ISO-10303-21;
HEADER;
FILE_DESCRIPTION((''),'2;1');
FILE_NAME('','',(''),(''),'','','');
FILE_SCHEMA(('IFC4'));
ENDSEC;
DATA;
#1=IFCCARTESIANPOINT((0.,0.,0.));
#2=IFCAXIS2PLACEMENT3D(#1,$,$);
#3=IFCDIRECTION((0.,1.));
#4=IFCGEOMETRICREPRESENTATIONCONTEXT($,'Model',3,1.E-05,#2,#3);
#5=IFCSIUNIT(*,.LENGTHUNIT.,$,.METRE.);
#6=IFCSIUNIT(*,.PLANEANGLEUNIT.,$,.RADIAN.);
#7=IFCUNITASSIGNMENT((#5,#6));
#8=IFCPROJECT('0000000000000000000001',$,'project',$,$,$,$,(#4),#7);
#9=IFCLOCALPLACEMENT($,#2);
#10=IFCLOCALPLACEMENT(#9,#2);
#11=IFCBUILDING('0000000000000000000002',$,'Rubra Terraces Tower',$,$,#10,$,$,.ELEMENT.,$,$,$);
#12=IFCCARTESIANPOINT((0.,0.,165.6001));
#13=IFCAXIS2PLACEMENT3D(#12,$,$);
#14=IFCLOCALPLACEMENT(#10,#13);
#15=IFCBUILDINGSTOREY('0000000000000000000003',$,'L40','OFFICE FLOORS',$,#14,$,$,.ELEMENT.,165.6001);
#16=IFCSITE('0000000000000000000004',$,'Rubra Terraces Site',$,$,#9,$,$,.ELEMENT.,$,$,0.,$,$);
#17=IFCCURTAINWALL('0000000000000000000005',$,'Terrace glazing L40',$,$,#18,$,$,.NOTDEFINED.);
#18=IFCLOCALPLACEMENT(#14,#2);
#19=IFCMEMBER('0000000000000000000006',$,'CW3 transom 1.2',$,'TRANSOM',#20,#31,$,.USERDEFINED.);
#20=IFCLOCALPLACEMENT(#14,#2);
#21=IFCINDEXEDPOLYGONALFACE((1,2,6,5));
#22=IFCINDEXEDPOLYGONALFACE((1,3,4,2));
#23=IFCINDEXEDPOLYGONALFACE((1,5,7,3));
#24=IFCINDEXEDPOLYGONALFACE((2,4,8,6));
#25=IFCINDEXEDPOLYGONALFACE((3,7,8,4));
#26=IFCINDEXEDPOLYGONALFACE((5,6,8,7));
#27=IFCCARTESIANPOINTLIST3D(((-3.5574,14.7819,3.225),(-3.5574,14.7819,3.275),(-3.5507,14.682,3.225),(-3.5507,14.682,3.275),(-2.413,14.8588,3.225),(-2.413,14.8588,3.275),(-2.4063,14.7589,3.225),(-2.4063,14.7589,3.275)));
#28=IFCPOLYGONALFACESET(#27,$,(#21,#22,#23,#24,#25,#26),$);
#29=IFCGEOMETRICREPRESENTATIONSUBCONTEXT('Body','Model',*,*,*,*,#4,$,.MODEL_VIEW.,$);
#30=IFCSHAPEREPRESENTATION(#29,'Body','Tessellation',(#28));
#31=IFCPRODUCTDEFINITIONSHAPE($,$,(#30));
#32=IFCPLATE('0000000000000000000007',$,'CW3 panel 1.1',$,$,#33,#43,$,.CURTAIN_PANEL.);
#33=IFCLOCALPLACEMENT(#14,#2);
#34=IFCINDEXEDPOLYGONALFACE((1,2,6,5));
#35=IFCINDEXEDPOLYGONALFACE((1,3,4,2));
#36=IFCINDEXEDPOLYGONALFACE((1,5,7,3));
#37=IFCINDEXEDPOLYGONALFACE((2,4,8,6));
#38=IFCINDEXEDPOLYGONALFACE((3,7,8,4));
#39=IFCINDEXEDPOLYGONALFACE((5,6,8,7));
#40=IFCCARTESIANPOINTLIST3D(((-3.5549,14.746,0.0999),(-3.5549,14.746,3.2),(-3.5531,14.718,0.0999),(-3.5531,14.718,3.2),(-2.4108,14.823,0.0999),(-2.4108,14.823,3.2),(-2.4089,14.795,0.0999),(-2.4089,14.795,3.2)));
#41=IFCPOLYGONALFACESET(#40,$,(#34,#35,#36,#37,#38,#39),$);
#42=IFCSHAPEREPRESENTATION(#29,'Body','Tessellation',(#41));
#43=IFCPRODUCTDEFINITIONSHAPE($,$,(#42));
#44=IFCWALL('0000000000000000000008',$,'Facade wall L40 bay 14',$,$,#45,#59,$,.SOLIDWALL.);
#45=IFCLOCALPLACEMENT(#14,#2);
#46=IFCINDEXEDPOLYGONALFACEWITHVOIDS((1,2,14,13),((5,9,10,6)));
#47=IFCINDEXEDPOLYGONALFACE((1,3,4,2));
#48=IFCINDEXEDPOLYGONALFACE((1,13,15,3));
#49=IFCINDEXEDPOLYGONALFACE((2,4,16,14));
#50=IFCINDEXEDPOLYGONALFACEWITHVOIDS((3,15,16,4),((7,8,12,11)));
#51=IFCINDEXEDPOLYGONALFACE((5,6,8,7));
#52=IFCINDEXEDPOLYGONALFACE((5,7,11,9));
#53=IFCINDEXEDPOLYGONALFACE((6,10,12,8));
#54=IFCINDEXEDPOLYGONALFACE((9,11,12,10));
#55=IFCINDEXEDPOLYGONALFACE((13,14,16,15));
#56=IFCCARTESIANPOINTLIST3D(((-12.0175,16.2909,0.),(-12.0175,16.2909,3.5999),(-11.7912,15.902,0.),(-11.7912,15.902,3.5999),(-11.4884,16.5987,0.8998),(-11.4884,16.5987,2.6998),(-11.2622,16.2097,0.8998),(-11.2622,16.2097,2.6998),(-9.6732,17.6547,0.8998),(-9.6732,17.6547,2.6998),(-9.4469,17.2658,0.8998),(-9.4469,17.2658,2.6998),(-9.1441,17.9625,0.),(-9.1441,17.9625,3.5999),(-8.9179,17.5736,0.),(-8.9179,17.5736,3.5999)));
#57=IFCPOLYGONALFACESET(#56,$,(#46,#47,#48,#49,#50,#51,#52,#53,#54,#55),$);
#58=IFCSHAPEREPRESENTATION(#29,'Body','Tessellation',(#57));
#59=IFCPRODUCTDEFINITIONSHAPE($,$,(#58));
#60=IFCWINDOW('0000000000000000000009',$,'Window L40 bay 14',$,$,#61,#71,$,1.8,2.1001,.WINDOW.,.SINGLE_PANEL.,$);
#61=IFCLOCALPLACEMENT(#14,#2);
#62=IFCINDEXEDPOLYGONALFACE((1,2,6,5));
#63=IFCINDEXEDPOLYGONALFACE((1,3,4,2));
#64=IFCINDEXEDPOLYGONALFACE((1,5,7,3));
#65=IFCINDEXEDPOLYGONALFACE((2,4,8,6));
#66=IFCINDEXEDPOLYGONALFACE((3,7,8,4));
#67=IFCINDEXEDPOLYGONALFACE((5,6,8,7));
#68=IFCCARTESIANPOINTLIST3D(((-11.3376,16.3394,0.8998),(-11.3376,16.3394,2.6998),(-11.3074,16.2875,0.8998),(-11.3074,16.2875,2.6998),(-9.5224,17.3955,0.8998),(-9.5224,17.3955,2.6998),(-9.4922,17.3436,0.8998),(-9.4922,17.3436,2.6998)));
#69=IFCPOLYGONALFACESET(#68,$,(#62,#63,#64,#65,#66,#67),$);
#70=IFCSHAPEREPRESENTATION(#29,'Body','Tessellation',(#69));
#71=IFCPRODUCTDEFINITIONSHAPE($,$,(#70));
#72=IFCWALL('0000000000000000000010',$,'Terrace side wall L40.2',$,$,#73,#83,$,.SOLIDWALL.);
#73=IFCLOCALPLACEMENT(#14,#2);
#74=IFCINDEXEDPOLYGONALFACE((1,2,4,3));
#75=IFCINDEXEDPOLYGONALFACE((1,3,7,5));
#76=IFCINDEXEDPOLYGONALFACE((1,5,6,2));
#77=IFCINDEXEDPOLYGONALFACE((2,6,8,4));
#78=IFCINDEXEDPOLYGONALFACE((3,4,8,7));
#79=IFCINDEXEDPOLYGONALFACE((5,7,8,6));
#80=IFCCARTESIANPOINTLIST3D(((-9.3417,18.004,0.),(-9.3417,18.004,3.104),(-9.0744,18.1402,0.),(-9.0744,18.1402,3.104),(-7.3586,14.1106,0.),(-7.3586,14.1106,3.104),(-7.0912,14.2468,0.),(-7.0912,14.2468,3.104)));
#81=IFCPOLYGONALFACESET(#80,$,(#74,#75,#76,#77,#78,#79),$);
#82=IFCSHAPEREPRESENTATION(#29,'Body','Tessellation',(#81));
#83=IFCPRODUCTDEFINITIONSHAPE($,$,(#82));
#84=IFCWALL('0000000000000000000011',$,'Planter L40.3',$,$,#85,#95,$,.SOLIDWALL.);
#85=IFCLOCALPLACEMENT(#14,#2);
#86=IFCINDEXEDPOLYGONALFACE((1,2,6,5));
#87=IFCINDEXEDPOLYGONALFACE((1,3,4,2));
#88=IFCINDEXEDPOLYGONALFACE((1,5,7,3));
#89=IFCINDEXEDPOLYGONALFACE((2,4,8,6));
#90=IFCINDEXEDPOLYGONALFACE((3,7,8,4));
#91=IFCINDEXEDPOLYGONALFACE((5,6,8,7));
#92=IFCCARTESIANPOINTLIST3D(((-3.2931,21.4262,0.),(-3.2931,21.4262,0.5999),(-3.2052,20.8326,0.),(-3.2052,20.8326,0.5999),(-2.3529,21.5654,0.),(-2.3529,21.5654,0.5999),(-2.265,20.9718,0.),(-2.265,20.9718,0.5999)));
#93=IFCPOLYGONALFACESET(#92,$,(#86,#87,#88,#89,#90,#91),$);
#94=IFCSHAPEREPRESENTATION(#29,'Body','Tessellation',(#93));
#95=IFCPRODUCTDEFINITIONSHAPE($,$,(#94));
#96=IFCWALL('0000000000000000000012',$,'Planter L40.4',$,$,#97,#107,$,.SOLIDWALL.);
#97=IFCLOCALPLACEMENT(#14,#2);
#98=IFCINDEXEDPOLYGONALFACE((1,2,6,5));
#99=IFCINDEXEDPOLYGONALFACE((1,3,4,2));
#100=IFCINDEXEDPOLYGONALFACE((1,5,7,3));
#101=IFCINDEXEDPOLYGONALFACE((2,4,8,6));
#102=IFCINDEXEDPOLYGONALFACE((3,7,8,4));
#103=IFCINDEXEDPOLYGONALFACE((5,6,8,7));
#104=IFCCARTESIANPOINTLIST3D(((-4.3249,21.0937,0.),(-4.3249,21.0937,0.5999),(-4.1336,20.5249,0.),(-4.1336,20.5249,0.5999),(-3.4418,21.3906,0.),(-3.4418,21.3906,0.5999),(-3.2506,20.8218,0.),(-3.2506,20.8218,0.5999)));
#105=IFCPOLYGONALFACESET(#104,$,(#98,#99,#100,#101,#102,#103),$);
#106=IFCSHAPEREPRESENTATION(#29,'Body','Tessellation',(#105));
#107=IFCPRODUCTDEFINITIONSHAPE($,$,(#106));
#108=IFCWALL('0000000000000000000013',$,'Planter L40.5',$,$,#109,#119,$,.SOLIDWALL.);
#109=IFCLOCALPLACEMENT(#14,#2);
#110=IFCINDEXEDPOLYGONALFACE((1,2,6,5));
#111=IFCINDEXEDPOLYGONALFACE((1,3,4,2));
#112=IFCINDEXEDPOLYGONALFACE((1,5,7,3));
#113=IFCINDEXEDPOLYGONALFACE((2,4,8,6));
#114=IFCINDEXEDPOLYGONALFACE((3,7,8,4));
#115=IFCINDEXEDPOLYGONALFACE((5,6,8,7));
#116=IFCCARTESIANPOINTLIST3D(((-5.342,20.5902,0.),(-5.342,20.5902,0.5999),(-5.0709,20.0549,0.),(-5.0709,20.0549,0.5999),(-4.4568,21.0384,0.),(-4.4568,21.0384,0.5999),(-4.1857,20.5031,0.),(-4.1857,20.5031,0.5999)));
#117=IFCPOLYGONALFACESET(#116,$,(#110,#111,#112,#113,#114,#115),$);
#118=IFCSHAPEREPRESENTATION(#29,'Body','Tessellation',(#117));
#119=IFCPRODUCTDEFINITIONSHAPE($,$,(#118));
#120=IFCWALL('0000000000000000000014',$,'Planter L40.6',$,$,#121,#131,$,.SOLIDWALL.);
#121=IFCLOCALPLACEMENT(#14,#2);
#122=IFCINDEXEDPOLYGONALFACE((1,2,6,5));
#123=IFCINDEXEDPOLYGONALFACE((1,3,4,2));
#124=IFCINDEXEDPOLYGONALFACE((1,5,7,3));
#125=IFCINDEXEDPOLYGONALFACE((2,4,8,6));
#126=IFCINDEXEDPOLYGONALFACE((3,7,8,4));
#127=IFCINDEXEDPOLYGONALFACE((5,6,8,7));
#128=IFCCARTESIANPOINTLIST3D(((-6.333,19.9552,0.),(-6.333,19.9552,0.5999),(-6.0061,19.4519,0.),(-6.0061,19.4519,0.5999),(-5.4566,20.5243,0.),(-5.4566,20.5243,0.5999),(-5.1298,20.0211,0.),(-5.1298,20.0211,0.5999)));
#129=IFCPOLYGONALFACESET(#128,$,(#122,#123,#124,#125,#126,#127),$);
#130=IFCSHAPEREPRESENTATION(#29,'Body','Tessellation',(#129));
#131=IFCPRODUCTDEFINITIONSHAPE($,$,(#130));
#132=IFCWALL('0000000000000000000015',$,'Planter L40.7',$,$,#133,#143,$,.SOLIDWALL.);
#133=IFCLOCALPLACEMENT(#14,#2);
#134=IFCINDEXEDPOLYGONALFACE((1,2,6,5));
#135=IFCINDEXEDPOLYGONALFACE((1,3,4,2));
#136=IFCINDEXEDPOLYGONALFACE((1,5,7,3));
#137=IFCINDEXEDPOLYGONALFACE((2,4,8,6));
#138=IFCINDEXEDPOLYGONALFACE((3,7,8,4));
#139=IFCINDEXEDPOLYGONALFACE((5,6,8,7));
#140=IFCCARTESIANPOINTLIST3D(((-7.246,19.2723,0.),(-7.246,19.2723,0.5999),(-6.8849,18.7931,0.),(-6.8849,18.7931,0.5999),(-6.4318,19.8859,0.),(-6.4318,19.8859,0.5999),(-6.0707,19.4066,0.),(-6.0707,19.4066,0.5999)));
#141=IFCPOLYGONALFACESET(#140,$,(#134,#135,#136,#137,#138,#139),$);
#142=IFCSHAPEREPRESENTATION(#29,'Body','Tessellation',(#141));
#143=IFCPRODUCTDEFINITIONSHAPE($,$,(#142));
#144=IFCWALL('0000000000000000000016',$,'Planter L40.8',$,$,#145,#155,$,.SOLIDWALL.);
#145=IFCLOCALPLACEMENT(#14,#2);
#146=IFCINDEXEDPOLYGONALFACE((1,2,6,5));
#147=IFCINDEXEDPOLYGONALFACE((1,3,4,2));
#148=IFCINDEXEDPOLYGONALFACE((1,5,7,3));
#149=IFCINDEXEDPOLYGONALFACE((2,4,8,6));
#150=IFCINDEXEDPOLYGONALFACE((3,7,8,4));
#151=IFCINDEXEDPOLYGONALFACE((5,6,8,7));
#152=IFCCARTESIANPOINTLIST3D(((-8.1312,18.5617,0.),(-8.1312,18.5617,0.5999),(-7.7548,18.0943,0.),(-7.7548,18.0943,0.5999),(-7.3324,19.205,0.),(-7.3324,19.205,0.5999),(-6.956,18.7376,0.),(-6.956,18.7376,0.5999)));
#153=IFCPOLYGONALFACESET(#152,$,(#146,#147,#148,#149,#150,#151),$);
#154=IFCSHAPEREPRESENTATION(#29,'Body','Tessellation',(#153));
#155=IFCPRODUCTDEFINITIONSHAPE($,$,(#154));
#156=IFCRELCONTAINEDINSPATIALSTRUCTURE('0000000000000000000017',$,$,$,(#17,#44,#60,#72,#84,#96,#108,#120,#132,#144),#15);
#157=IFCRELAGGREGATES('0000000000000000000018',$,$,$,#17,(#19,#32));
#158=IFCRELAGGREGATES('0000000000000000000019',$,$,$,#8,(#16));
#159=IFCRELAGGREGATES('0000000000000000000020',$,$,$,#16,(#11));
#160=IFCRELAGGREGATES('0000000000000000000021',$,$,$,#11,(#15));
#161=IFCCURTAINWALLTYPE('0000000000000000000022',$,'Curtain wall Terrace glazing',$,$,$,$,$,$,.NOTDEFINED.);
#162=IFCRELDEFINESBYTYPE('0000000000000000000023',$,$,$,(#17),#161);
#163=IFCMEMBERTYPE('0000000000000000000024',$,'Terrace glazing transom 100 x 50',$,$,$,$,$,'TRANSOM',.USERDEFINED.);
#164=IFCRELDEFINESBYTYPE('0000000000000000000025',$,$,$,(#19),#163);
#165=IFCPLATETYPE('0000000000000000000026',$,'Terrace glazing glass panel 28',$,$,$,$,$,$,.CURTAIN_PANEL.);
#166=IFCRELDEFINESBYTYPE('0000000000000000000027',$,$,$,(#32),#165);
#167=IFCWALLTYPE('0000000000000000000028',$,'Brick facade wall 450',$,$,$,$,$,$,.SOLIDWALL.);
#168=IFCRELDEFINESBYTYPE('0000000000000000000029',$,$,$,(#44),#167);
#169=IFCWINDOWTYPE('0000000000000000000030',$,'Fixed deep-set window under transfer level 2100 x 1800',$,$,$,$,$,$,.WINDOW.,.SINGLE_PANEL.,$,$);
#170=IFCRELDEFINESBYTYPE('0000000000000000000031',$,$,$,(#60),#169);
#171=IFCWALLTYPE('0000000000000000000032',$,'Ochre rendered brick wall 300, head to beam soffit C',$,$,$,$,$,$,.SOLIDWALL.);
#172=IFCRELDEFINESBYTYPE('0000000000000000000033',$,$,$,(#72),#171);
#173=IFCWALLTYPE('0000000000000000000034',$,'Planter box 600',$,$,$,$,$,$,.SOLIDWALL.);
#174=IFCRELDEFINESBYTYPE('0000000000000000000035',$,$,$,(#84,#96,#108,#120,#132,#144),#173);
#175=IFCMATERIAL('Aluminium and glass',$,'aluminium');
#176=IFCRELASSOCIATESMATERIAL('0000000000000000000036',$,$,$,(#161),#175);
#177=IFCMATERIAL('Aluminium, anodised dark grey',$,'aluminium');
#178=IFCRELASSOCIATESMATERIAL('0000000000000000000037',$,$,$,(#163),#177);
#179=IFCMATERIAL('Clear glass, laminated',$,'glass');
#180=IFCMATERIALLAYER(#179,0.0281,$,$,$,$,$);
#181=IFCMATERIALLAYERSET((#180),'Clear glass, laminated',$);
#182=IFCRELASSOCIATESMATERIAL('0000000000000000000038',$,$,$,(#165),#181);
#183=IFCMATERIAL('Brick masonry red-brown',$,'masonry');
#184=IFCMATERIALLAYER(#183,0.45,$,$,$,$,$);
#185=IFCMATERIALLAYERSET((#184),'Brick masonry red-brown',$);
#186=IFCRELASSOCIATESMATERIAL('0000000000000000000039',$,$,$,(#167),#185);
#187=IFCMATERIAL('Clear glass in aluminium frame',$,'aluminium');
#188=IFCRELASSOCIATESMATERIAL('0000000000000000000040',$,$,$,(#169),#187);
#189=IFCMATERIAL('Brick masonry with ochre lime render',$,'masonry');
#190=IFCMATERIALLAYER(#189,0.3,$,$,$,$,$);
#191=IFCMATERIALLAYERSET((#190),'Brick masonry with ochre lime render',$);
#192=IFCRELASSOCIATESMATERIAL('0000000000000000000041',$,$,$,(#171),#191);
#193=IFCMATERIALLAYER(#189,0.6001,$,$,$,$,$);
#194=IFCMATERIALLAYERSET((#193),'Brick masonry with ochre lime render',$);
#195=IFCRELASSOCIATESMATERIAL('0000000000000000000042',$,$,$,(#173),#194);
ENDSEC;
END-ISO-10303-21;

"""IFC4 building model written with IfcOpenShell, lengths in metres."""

from ifc_helpers import new_model, si_unit, direction, frame, frame_2d, origin, origin_2d, place, context, subcontext, project, spatial, rectangle, extrude, material, layer, layer_set, material_profile, profile_set, type_object, element, fill, aggregate, save


model = new_model("IFC4")

# Units and contexts
model_context = context("Model", 3, precision=1e-05, world=origin(), true_north=direction((0.0, 1.0)))
body_context = subcontext(model_context, "Body", "Model", "MODEL_VIEW")
ifc_project = project(units=[si_unit("LENGTHUNIT", "METRE"), si_unit("PLANEANGLEUNIT", "RADIAN")], contexts=[model_context])

# Site, building, storey
site_placement = place(None, origin())
site = spatial("IfcSite", under=ifc_project, at=site_placement, Name="Rubra Terraces Site", CompositionType="ELEMENT", RefElevation=0.0)
building_placement = place(site_placement, origin())
building = spatial("IfcBuilding", under=site, at=building_placement, Name="Rubra Terraces Tower", CompositionType="ELEMENT")
storey_placement = place(building_placement, frame((0.0, 0.0, 165.6001)))
storey = spatial("IfcBuildingStorey", under=building, at=storey_placement, Name="L40", Description="OFFICE FLOORS", CompositionType="ELEMENT", Elevation=165.6001)

# Curtain wall, member, plate
ifc_material_1 = material(Name="Aluminium and glass", Category="aluminium")
curtain_wall_type = type_object("IfcCurtainWallType", Name="Curtain wall Terrace glazing", PredefinedType="NOTDEFINED", material=ifc_material_1)
curtain_wall_placement = place(storey_placement, origin())
curtain_wall = element("IfcCurtainWall", 1, at=curtain_wall_placement, inside=storey, type_object=curtain_wall_type, Name="Terrace glazing L40", PredefinedType="NOTDEFINED")
ifc_material_2 = material(Name="Aluminium, anodised dark grey", Category="aluminium")
ifc_material_profile_1 = material_profile(ifc_material_2, rectangle(XDim=0.1001, YDim=0.05, at=origin_2d()), Name="AL 100x50")
ifc_profile_set_1 = profile_set([ifc_material_profile_1], Name="Aluminium, anodised dark grey")
member_type_1 = type_object("IfcMemberType", Name="Terrace glazing transom 100 x 50", ElementType="TRANSOM", PredefinedType="USERDEFINED", material=ifc_profile_set_1)
member_1_placement = place(storey_placement, frame((-2.4097, 14.8088, 3.25), z_axis=(-0.997749, -0.067056, 0.0), x_axis=(0.067056, -0.997749, 0.0)))
member_1 = element("IfcMember", 2, at=member_1_placement, type_object=member_type_1, Name="CW3 transom 1.2", ObjectType="TRANSOM", PredefinedType="USERDEFINED", context=body_context, shape_type="SweptSolid", body=[
    extrude(rectangle(XDim=0.1001, YDim=0.05, at=origin_2d()), origin(), (0.0, 0.0, 1.0), 1.147),
])
ifc_material_3 = material(Name="Clear glass, laminated", Category="glass")
ifc_layer_1 = layer(ifc_material_3, 0.0281)
ifc_layer_set_1 = layer_set([ifc_layer_1], Name="Clear glass, laminated")
plate_type = type_object("IfcPlateType", Name="Terrace glazing glass panel 28", PredefinedType="CURTAIN_PANEL", material=ifc_layer_set_1)
plate_placement = place(storey_placement, frame((-2.9819, 14.7705, 0.0999), z_axis=(0.0, 0.0, 1.0), x_axis=(-0.997745, -0.067117, 0.0)))
plate = element("IfcPlate", 3, at=plate_placement, type_object=plate_type, Name="CW3 panel 1.1", PredefinedType="CURTAIN_PANEL", context=body_context, shape_type="SweptSolid", body=[
    extrude(rectangle(XDim=1.1467, YDim=0.0281, at=origin_2d()), origin(), (0.0, 0.0, 1.0), 3.1001),
])
aggregate(curtain_wall, [member_1, plate])

# Wall, opening, window
ifc_material_4 = material(Name="Brick masonry red-brown", Category="masonry")
ifc_layer_2 = layer(ifc_material_4, 0.45)
ifc_layer_set_2 = layer_set([ifc_layer_2], Name="Brick masonry red-brown")
wall_type_1 = type_object("IfcWallType", Name="Brick facade wall 450", PredefinedType="SOLIDWALL", material=ifc_layer_set_2)
wall_1_placement = place(storey_placement, frame((-9.031, 17.7681, 0.0), z_axis=(0.0, 0.0, 1.0), x_axis=(-0.864362, -0.502871, 0.0)))
wall_1 = element("IfcWall", 4, at=wall_1_placement, inside=storey, type_object=wall_type_1, Name="Facade wall L40 bay 14", PredefinedType="SOLIDWALL", context=body_context, shape_type="SweptSolid", body=[
    extrude(rectangle(XDim=3.3242, YDim=0.45, at=frame_2d((1.6621, 0.0))), origin(), (0.0, 0.0, 1.0), 3.5999),
])
opening_placement = place(wall_1_placement, frame((0.6121, 0.0, 0.8999)))
opening = element("IfcOpeningElement", 5, at=opening_placement, cuts=wall_1, PredefinedType="OPENING", context=body_context, shape_type="SweptSolid", body=[
    extrude(rectangle(XDim=2.1001, YDim=1.8, at=frame_2d((1.05, 0.8999))), frame((0.0, 0.2349, 0.0), z_axis=(0.0, -1.0, 0.0), x_axis=(1.0, 0.0, 0.0)), (0.0, 0.0, 1.0), 0.47),
])
ifc_material_5 = material(Name="Clear glass in aluminium frame", Category="aluminium")
window_type = type_object("IfcWindowType", Name="Fixed deep-set window under transfer level 2100 x 1800", PartitioningType="SINGLE_PANEL", PredefinedType="WINDOW", material=ifc_material_5)
window_placement = place(opening_placement, origin())
window = element("IfcWindow", 6, at=window_placement, inside=storey, type_object=window_type, Name="Window L40 bay 14", OverallHeight=1.8, OverallWidth=2.1001, PartitioningType="SINGLE_PANEL", PredefinedType="WINDOW", context=body_context, shape_type="SweptSolid", body=[
    extrude(rectangle(XDim=2.1001, YDim=1.8, at=frame_2d((1.05, 0.8999))), frame((0.0, 0.135, 0.0), z_axis=(0.0, -1.0, 0.0), x_axis=(1.0, 0.0, 0.0)), (0.0, 0.0, 1.0), 0.0601),
])
fill(opening, window)

# Walls
ifc_material_6 = material(Name="Brick masonry with ochre lime render", Category="masonry")
ifc_layer_3 = layer(ifc_material_6, 0.3)
ifc_layer_set_3 = layer_set([ifc_layer_3], Name="Brick masonry with ochre lime render")
wall_type_2 = type_object("IfcWallType", Name="Ochre rendered brick wall 300, head to beam soffit C", PredefinedType="SOLIDWALL", material=ifc_layer_set_3)
wall_2_placement = place(storey_placement, frame((-9.208, 18.072, 0.0), z_axis=(0.0, 0.0, 1.0), x_axis=(0.453884, -0.891061, 0.0)))
element("IfcWall", 7, at=wall_2_placement, inside=storey, type_object=wall_type_2, Name="Terrace side wall L40.2", PredefinedType="SOLIDWALL", context=body_context, shape_type="SweptSolid", body=[
    extrude(rectangle(XDim=4.3694, YDim=0.3, at=frame_2d((2.1846, 0.0))), origin(), (0.0, 0.0, 1.0), 3.104),
])
ifc_layer_4 = layer(ifc_material_6, 0.6001)
ifc_layer_set_4 = layer_set([ifc_layer_4], Name="Brick masonry with ochre lime render")
wall_type_3 = type_object("IfcWallType", Name="Planter box 600", PredefinedType="SOLIDWALL", material=ifc_layer_set_4)
wall_3_placement = place(storey_placement, frame((-2.3091, 21.2686, 0.0), z_axis=(0.0, 0.0, 1.0), x_axis=(-0.989223, -0.146418, 0.0)))
element("IfcWall", 8, at=wall_3_placement, inside=storey, type_object=wall_type_3, Name="Planter L40.3", PredefinedType="SOLIDWALL", context=body_context, shape_type="SweptSolid", body=[
    extrude(rectangle(XDim=0.9504, YDim=0.6001, at=frame_2d((0.4751, 0.0))), origin(), (0.0, 0.0, 1.0), 0.5999),
])
wall_4_placement = place(storey_placement, frame((-3.3462, 21.1062, 0.0), z_axis=(0.0, 0.0, 1.0), x_axis=(-0.947868, -0.318664, 0.0)))
element("IfcWall", 9, at=wall_4_placement, inside=storey, type_object=wall_type_3, Name="Planter L40.4", PredefinedType="SOLIDWALL", context=body_context, shape_type="SweptSolid", body=[
    extrude(rectangle(XDim=0.9316, YDim=0.6001, at=frame_2d((0.4658, 0.0))), origin(), (0.0, 0.0, 1.0), 0.5999),
])
wall_5_placement = place(storey_placement, frame((-4.3213, 20.7708, 0.0), z_axis=(0.0, 0.0, 1.0), x_axis=(-0.892152, -0.451735, 0.0)))
element("IfcWall", 10, at=wall_5_placement, inside=storey, type_object=wall_type_3, Name="Planter L40.5", PredefinedType="SOLIDWALL", context=body_context, shape_type="SweptSolid", body=[
    extrude(rectangle(XDim=0.9922, YDim=0.6001, at=frame_2d((0.4961, 0.0))), origin(), (0.0, 0.0, 1.0), 0.5999),
])
wall_6_placement = place(storey_placement, frame((-5.2932, 20.2727, 0.0), z_axis=(0.0, 0.0, 1.0), x_axis=(-0.838641, -0.544684, 0.0)))
element("IfcWall", 11, at=wall_6_placement, inside=storey, type_object=wall_type_3, Name="Planter L40.6", PredefinedType="SOLIDWALL", context=body_context, shape_type="SweptSolid", body=[
    extrude(rectangle(XDim=1.0449, YDim=0.6001, at=frame_2d((0.5225, 0.0))), origin(), (0.0, 0.0, 1.0), 0.5999),
])
wall_7_placement = place(storey_placement, frame((-6.2512, 19.6462, 0.0), z_axis=(0.0, 0.0, 1.0), x_axis=(-0.798647, -0.601799, 0.0)))
element("IfcWall", 12, at=wall_7_placement, inside=storey, type_object=wall_type_3, Name="Planter L40.7", PredefinedType="SOLIDWALL", context=body_context, shape_type="SweptSolid", body=[
    extrude(rectangle(XDim=1.0195, YDim=0.6001, at=frame_2d((0.5098, 0.0))), origin(), (0.0, 0.0, 1.0), 0.5999),
])
wall_8_placement = place(storey_placement, frame((-7.1443, 18.9712, 0.0), z_axis=(0.0, 0.0, 1.0), x_axis=(-0.778844, -0.627217, 0.0)))
element("IfcWall", 13, at=wall_8_placement, inside=storey, type_object=wall_type_3, Name="Planter L40.8", PredefinedType="SOLIDWALL", context=body_context, shape_type="SweptSolid", body=[
    extrude(rectangle(XDim=1.0256, YDim=0.6001, at=frame_2d((0.5127, 0.0))), origin(), (0.0, 0.0, 1.0), 0.5999),
])

save(model, "model.ifc")
